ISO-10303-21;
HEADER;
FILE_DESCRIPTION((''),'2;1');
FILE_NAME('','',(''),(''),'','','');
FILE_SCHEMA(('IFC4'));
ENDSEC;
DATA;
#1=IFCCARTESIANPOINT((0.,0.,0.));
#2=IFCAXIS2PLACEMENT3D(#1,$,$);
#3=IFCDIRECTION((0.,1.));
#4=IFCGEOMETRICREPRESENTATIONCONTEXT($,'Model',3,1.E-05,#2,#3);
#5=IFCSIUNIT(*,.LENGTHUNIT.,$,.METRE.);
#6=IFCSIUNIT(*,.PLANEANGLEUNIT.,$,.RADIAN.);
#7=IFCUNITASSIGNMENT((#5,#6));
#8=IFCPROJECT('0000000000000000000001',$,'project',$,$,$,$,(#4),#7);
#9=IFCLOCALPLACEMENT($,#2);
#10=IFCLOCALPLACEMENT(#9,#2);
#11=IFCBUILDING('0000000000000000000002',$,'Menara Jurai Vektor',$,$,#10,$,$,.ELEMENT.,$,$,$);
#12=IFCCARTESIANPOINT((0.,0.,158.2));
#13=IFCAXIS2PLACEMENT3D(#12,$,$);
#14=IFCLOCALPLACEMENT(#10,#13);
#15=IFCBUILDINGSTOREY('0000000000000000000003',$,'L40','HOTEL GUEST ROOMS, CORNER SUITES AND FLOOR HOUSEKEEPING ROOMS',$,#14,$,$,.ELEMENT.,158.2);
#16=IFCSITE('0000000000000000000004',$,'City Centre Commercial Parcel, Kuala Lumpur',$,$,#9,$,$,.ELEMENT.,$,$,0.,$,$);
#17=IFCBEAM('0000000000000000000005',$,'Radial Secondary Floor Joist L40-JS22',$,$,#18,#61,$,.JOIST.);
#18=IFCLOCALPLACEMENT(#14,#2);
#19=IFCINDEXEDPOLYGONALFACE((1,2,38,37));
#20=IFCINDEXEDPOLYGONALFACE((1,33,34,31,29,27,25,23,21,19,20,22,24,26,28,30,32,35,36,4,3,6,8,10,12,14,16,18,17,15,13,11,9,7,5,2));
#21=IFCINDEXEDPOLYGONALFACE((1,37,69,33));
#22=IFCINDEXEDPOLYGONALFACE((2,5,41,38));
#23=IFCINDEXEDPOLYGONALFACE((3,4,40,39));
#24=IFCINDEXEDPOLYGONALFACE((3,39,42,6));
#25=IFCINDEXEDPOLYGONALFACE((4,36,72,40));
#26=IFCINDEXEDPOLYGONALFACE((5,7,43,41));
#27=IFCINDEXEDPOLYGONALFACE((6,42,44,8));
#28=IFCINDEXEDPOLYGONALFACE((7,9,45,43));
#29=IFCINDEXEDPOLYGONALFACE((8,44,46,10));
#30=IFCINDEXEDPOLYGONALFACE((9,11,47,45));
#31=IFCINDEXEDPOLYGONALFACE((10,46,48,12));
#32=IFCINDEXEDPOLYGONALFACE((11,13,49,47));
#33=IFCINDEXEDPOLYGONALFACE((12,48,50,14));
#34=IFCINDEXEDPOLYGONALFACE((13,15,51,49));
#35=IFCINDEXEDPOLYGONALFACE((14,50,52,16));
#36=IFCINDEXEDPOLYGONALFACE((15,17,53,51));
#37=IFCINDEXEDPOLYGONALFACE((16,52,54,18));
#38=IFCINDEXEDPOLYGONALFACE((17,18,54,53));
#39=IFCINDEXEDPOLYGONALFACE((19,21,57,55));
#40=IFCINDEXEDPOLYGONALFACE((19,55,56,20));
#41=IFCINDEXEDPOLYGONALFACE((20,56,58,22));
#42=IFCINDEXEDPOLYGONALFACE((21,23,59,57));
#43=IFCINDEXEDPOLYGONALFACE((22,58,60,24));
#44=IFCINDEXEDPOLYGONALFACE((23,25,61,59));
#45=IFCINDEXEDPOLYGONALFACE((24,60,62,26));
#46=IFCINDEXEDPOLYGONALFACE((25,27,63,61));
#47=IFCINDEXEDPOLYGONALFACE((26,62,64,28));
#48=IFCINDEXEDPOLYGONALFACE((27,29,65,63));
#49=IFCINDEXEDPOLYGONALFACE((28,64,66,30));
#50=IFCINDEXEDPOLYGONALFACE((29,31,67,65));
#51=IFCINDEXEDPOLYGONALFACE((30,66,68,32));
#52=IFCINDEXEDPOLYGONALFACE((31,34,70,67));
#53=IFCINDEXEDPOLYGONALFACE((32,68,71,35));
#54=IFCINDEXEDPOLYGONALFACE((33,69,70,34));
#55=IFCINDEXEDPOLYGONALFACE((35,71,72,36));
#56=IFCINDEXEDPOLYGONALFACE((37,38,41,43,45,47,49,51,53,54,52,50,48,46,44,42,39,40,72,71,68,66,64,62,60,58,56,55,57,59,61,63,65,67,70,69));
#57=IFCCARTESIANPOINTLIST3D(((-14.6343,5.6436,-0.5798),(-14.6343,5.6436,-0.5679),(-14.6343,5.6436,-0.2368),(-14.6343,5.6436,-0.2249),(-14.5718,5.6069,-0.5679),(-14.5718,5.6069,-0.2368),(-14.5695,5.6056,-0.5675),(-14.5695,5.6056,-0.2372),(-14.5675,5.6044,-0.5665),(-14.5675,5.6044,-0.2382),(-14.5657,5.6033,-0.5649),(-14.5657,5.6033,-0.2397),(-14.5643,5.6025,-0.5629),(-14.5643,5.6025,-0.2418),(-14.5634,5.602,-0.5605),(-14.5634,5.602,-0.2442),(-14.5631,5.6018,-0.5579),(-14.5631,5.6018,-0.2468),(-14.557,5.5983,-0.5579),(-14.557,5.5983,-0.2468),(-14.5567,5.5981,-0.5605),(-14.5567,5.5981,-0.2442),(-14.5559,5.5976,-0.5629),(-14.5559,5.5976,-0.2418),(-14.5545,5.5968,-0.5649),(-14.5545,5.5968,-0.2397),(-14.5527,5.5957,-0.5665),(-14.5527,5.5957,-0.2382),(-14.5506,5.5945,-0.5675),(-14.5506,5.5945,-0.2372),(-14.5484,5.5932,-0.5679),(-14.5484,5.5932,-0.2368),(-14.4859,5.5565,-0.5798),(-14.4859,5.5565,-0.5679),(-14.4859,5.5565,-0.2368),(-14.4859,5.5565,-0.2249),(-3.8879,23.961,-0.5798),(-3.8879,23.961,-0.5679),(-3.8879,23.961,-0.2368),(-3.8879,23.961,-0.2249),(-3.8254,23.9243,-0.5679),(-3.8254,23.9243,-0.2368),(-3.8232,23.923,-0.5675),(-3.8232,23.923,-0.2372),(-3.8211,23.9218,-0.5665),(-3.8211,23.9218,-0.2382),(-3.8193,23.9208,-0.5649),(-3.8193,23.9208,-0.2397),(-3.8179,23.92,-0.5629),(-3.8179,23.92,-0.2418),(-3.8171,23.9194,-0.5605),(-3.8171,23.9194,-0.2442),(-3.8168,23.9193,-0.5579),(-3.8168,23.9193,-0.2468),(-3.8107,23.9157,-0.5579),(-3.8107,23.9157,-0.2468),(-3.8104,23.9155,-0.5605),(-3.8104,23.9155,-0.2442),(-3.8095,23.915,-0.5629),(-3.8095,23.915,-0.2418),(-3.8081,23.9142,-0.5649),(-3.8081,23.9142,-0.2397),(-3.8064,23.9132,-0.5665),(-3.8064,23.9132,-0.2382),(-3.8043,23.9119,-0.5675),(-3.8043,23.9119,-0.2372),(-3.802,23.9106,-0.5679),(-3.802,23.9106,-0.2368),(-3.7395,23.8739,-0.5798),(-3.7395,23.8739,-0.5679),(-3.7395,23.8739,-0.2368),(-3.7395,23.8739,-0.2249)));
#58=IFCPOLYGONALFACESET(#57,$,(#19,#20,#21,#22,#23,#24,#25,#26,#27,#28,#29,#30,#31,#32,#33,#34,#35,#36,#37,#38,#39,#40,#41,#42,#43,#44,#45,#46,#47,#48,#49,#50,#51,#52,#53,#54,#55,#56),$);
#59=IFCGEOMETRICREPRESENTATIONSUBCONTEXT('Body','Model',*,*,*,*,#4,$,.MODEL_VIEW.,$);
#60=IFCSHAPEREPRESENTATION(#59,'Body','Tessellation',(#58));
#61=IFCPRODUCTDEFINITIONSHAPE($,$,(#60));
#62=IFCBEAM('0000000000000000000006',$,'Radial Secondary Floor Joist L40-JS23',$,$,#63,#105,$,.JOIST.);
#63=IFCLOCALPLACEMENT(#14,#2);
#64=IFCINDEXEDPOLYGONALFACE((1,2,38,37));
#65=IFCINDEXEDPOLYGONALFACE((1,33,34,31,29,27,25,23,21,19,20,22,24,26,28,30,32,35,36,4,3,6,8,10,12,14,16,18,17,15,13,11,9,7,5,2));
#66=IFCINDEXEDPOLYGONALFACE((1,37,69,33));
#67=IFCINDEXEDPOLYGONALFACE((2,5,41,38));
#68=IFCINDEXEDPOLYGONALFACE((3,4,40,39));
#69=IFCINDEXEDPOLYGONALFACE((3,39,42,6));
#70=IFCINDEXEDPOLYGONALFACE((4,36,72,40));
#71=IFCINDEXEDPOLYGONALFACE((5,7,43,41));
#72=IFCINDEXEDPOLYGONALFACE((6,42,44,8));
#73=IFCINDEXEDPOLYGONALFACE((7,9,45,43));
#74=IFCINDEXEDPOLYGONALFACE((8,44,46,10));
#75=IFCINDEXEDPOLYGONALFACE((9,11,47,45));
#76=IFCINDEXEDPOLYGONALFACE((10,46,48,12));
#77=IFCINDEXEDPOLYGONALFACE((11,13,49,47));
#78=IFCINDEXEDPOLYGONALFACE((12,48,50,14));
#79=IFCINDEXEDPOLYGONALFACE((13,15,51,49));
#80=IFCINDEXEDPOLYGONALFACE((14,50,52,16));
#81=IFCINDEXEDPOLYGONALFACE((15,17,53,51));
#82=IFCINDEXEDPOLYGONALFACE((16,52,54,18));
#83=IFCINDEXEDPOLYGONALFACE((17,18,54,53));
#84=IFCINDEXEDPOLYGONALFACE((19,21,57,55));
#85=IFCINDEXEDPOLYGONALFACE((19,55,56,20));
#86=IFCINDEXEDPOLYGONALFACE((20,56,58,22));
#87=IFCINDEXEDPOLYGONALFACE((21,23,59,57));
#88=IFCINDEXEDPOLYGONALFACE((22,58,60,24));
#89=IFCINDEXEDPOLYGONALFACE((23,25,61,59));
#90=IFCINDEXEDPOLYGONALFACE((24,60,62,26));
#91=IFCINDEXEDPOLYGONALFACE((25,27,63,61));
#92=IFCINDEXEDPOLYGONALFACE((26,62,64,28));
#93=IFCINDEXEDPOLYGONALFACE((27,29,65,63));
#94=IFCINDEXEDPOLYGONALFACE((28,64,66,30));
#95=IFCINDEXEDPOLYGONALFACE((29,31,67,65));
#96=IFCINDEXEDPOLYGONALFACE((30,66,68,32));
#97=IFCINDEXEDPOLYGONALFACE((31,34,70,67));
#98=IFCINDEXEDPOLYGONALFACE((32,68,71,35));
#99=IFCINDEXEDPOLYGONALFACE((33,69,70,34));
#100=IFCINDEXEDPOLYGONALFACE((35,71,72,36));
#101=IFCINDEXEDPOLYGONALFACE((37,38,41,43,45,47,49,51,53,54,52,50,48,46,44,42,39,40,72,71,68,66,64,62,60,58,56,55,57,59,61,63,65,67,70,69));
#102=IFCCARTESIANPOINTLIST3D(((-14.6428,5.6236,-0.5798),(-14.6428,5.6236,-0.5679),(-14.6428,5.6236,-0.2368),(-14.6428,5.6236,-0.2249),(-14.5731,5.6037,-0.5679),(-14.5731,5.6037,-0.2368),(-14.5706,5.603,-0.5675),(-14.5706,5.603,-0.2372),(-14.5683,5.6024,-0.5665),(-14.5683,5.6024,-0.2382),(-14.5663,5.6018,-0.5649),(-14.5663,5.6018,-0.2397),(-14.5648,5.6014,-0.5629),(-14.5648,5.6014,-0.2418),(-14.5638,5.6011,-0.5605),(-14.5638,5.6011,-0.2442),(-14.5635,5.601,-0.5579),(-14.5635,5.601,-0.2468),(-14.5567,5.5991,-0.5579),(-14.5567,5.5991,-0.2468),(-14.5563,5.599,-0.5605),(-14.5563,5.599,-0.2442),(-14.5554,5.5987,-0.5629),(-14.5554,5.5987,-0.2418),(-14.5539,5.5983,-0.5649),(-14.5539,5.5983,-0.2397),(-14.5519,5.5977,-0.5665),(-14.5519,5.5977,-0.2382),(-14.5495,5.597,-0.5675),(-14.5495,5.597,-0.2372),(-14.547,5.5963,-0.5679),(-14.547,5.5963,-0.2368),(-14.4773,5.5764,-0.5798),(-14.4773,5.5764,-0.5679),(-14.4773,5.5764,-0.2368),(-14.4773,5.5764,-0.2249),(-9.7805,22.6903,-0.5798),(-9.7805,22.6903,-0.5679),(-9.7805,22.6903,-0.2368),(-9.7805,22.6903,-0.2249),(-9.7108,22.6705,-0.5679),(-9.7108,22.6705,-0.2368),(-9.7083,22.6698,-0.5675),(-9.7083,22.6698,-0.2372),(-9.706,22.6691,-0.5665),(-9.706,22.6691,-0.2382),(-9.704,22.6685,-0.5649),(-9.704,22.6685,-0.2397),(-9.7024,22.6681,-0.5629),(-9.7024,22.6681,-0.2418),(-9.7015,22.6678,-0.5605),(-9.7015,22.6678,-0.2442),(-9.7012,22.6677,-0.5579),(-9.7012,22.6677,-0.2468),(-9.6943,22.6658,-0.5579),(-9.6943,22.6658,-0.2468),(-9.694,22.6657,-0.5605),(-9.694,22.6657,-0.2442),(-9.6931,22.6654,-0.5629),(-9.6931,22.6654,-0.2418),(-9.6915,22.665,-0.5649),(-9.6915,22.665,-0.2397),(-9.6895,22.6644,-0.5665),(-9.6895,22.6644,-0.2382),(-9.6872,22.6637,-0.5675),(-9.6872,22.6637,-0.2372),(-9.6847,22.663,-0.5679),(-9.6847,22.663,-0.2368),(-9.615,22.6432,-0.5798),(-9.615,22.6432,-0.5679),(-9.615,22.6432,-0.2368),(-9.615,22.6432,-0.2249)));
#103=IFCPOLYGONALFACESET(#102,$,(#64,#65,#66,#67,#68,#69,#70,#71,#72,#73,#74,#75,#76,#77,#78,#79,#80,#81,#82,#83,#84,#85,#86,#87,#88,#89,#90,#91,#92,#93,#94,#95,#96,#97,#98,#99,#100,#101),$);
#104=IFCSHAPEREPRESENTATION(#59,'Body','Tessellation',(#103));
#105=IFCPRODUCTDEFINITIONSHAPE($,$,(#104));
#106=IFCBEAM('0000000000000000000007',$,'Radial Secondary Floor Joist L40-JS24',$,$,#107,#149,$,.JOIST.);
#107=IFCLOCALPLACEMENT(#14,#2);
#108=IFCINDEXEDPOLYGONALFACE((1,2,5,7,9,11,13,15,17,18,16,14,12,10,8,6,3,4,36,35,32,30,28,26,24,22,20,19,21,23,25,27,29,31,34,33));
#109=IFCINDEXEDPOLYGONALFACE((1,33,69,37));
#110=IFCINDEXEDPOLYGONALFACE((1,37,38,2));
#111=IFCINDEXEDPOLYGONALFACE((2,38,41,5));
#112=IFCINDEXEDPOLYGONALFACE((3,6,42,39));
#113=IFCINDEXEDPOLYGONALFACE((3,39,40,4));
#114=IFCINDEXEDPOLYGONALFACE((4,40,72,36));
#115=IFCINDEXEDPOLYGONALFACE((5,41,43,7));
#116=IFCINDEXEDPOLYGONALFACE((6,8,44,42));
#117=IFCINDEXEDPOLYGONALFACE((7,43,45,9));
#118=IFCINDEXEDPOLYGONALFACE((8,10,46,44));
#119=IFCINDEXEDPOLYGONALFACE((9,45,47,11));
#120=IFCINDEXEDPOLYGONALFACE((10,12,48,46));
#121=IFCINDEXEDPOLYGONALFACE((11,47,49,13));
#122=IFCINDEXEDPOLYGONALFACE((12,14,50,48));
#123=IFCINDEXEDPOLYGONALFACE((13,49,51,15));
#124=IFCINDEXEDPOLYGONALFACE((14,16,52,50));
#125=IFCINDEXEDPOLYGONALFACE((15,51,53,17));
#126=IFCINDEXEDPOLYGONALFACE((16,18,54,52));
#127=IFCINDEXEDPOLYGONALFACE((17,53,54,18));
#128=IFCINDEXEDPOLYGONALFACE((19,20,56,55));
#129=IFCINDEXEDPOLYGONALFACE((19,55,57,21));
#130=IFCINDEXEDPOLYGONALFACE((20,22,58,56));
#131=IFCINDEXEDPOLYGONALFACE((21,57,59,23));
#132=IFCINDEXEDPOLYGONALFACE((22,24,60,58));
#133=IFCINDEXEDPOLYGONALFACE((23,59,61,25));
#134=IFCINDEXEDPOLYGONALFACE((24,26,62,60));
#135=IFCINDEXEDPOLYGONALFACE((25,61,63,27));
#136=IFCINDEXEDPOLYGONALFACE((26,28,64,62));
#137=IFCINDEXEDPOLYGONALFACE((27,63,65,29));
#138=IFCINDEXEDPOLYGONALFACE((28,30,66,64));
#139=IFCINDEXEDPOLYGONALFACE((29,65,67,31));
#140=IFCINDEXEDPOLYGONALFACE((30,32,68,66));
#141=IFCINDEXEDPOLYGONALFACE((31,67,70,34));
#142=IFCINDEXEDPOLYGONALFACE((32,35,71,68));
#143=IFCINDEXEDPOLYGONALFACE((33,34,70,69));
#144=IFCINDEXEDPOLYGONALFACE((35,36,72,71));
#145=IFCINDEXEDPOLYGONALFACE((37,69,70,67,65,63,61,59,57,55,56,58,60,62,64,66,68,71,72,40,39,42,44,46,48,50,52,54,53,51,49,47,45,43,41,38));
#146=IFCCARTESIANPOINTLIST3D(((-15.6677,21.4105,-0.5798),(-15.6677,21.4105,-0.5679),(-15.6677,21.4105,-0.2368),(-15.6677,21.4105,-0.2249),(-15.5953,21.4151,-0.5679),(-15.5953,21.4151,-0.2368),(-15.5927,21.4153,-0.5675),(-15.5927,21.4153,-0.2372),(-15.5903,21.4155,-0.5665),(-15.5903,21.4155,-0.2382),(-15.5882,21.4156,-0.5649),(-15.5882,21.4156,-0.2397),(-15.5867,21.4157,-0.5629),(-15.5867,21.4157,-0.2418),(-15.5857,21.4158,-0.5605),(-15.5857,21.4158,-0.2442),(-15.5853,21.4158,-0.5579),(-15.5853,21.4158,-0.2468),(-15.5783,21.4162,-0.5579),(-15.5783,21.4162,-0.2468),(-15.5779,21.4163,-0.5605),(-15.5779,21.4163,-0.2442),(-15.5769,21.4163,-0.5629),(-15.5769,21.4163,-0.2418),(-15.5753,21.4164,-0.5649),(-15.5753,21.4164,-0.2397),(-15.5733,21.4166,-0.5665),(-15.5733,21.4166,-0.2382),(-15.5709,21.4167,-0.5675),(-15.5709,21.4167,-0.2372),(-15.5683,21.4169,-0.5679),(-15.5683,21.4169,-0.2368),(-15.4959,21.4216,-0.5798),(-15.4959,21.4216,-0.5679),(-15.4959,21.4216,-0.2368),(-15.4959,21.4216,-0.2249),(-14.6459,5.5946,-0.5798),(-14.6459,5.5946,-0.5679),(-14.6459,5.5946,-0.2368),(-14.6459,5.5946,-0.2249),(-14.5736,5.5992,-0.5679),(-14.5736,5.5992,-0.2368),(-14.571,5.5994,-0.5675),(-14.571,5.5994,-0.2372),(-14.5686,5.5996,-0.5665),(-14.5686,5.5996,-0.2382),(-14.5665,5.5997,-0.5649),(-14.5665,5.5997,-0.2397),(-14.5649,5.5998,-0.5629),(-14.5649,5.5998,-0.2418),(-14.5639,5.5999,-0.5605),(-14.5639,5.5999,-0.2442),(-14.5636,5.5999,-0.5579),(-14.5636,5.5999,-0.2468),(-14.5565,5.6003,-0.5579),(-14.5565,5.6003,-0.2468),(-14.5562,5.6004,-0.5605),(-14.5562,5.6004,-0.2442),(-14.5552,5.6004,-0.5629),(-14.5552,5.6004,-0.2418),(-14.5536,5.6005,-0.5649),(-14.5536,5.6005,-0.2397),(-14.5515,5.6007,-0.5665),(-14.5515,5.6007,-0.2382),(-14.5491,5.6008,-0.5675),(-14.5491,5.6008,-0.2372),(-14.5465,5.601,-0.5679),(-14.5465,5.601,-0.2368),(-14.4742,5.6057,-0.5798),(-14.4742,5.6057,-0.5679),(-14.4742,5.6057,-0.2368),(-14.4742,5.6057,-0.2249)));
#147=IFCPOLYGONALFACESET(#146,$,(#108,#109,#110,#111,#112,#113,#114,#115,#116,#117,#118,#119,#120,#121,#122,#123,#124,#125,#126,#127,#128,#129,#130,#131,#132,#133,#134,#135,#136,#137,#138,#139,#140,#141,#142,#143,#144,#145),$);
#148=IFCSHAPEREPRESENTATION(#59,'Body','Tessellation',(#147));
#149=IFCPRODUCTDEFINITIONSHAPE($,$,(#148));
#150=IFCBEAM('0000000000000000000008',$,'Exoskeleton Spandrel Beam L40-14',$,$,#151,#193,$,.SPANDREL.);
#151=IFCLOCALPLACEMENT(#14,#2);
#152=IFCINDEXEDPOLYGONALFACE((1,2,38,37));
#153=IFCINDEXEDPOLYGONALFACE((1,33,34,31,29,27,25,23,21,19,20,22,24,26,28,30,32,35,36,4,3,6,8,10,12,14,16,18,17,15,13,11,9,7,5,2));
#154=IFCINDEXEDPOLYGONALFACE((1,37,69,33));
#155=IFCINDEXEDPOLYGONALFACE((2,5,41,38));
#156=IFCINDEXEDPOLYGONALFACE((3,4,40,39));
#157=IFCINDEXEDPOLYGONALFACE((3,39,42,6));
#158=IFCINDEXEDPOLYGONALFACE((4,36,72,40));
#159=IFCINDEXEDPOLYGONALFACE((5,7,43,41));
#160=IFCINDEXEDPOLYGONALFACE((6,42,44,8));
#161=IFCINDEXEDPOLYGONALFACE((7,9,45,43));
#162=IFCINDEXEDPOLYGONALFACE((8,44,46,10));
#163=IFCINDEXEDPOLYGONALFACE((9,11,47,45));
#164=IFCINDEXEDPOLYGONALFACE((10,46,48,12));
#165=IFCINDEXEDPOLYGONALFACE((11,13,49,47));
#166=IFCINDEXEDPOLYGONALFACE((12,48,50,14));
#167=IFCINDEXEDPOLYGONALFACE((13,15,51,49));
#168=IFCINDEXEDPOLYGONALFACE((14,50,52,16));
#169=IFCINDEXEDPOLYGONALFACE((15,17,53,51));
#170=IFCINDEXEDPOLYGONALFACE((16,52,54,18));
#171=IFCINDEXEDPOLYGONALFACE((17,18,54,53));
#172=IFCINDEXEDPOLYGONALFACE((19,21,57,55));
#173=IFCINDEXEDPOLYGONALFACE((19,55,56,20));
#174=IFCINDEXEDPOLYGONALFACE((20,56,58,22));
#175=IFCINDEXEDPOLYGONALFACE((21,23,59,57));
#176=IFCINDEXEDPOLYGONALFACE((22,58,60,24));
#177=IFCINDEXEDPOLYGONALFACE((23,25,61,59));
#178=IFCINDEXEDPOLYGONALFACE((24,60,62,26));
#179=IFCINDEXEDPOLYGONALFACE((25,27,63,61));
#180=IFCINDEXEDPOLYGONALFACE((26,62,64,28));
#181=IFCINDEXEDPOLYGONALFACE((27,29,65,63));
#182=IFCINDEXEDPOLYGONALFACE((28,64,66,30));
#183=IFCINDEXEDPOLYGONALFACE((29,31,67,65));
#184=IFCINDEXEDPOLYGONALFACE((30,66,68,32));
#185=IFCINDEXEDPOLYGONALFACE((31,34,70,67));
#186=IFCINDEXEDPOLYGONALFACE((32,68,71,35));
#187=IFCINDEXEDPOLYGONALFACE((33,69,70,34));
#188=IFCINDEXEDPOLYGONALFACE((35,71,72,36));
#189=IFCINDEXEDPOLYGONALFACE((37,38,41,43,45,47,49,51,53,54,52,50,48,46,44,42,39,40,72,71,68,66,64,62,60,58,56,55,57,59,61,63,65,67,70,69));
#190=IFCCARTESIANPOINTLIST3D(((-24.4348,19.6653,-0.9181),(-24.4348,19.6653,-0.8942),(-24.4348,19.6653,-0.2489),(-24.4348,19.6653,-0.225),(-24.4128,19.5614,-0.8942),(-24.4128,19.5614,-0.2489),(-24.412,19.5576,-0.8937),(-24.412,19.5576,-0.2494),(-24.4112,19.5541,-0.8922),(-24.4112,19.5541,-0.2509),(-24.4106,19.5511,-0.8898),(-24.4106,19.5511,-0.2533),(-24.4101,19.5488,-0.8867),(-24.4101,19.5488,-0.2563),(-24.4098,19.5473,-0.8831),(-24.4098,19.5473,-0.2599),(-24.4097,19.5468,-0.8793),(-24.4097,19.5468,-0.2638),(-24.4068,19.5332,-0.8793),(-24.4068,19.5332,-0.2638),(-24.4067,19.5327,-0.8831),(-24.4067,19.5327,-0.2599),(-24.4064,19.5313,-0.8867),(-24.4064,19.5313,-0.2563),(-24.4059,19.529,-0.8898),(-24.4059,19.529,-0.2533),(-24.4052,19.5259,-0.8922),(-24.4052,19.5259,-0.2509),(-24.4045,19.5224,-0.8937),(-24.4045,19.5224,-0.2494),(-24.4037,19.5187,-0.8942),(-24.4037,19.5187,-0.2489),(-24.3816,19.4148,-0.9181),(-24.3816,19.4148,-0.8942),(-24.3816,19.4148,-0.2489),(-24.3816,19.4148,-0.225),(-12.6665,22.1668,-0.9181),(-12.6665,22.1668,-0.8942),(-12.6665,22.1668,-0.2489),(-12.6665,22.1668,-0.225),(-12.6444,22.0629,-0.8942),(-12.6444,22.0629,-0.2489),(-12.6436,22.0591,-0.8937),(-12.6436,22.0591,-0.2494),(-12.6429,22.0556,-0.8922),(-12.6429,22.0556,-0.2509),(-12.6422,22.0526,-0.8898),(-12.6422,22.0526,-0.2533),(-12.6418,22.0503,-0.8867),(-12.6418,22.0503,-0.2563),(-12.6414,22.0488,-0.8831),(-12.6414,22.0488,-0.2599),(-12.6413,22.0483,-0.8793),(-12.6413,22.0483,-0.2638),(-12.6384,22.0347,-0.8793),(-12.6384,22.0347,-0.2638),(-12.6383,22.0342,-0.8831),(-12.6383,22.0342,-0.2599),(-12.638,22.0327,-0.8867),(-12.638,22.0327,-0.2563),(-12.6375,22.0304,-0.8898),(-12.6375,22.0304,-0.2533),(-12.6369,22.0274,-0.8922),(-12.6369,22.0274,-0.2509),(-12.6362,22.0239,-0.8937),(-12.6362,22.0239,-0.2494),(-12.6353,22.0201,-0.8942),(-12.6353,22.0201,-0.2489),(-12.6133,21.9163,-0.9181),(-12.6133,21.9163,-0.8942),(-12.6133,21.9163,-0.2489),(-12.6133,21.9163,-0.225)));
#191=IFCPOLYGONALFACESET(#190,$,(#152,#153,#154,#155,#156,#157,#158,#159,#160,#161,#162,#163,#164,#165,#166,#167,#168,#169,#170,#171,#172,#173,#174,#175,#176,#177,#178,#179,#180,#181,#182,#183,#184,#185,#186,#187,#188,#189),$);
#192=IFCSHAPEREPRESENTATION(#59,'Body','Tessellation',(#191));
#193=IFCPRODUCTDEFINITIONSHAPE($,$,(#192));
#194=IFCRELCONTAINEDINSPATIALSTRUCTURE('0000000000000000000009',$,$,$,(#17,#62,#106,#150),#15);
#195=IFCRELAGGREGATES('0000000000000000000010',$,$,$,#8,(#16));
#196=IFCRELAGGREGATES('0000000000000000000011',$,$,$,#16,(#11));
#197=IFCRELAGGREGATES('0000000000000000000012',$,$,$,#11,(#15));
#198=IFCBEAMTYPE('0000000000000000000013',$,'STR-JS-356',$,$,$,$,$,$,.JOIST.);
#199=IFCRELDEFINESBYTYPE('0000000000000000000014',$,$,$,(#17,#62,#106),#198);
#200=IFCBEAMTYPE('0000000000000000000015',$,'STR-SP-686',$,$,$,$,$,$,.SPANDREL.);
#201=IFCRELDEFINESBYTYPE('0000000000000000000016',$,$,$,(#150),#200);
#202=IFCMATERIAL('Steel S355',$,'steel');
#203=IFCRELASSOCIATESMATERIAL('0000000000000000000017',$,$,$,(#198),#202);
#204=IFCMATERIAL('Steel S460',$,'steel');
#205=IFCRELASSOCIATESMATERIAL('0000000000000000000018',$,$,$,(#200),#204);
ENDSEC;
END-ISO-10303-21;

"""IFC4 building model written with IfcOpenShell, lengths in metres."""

from ifc_helpers import new_model, si_unit, direction, frame, origin, origin_2d, place, context, subcontext, project, spatial, i_section, extrude, material, material_profile, profile_set, type_object, element, save


model = new_model("IFC4")

# Units and contexts
model_context = context("Model", 3, precision=1e-05, world=origin(), true_north=direction((0.0, 1.0)))
body_context = subcontext(model_context, "Body", "Model", "MODEL_VIEW")
ifc_project = project(units=[si_unit("LENGTHUNIT", "METRE"), si_unit("PLANEANGLEUNIT", "RADIAN")], contexts=[model_context])

# Site, building, storey
site_placement = place(None, origin())
site = spatial("IfcSite", under=ifc_project, at=site_placement, Name="City Centre Commercial Parcel, Kuala Lumpur", CompositionType="ELEMENT", RefElevation=0.0)
building_placement = place(site_placement, origin())
building = spatial("IfcBuilding", under=site, at=building_placement, Name="Menara Jurai Vektor", CompositionType="ELEMENT")
storey_placement = place(building_placement, frame((0.0, 0.0, 158.2)))
storey = spatial("IfcBuildingStorey", under=building, at=storey_placement, Name="L40", Description="HOTEL GUEST ROOMS, CORNER SUITES AND FLOOR HOUSEKEEPING ROOMS", CompositionType="ELEMENT", Elevation=158.2)

# Shared definitions
ifc_material_1 = material(Name="Steel S460", Category="steel")

# Beams
ifc_material_2 = material(Name="Steel S355", Category="steel")
ifc_material_profile_1 = material_profile(ifc_material_2, i_section(OverallWidth=0.1721, OverallDepth=0.355, WebThickness=0.0071, FlangeThickness=0.012, FilletRadius=0.01, at=origin_2d()), Name="UKB 356x171x51")
ifc_profile_set_1 = profile_set([ifc_material_profile_1], Name="Steel S355")
beam_type_1 = type_object("IfcBeamType", Name="STR-JS-356", PredefinedType="JOIST", material=ifc_profile_set_1)
beam_1_placement = place(storey_placement, frame((-3.8137, 23.9175, -0.4023), z_axis=(-0.50602, -0.862522, 0.0), x_axis=(0.862522, -0.50602, 0.0)))
element("IfcBeam", 1, at=beam_1_placement, inside=storey, type_object=beam_type_1, Name="Radial Secondary Floor Joist L40-JS22", PredefinedType="JOIST", context=body_context, shape_type="SweptSolid", body=[
    extrude(i_section(OverallWidth=0.1721, OverallDepth=0.355, WebThickness=0.0071, FlangeThickness=0.012, FilletRadius=0.01, at=origin_2d()), origin(), (0.0, 0.0, 1.0), 21.2371),
])
beam_2_placement = place(storey_placement, frame((-9.6978, 22.6667, -0.4023), z_axis=(-0.273998, -0.96173, 0.0), x_axis=(0.96173, -0.273998, 0.0)))
element("IfcBeam", 2, at=beam_2_placement, inside=storey, type_object=beam_type_1, Name="Radial Secondary Floor Joist L40-JS23", PredefinedType="JOIST", context=body_context, shape_type="SweptSolid", body=[
    extrude(i_section(OverallWidth=0.1721, OverallDepth=0.355, WebThickness=0.0071, FlangeThickness=0.012, FilletRadius=0.01, at=origin_2d()), origin(), (0.0, 0.0, 1.0), 17.7458),
])
beam_3_placement = place(storey_placement, frame((-15.5818, 21.416, -0.4023), z_axis=(0.064467, -0.99792, 0.0), x_axis=(0.99792, 0.064467, 0.0)))
element("IfcBeam", 3, at=beam_3_placement, inside=storey, type_object=beam_type_1, Name="Radial Secondary Floor Joist L40-JS24", PredefinedType="JOIST", context=body_context, shape_type="SweptSolid", body=[
    extrude(i_section(OverallWidth=0.1721, OverallDepth=0.355, WebThickness=0.0071, FlangeThickness=0.012, FilletRadius=0.01, at=origin_2d()), origin(), (0.0, 0.0, 1.0), 15.8489),
])
ifc_material_profile_2 = material_profile(ifc_material_1, i_section(OverallWidth=0.2561, OverallDepth=0.6931, WebThickness=0.0139, FlangeThickness=0.0239, FilletRadius=0.0149, at=origin_2d()), Name="UKB 686x254x170")
ifc_profile_set_2 = profile_set([ifc_material_profile_2], Name="Steel S460")
beam_type_2 = type_object("IfcBeamType", Name="STR-SP-686", PredefinedType="SPANDREL", material=ifc_profile_set_2)
beam_4_placement = place(storey_placement, frame((-12.6399, 22.0415, -0.5715), z_axis=(-0.978147, -0.207914, 0.0), x_axis=(0.207914, -0.978147, 0.0)))
element("IfcBeam", 4, at=beam_4_placement, inside=storey, type_object=beam_type_2, Name="Exoskeleton Spandrel Beam L40-14", PredefinedType="SPANDREL", context=body_context, shape_type="SweptSolid", body=[
    extrude(i_section(OverallWidth=0.2561, OverallDepth=0.6931, WebThickness=0.0139, FlangeThickness=0.0239, FilletRadius=0.0149, at=origin_2d()), origin(), (0.0, 0.0, 1.0), 12.0312),
])

save(model, "model.ifc")
